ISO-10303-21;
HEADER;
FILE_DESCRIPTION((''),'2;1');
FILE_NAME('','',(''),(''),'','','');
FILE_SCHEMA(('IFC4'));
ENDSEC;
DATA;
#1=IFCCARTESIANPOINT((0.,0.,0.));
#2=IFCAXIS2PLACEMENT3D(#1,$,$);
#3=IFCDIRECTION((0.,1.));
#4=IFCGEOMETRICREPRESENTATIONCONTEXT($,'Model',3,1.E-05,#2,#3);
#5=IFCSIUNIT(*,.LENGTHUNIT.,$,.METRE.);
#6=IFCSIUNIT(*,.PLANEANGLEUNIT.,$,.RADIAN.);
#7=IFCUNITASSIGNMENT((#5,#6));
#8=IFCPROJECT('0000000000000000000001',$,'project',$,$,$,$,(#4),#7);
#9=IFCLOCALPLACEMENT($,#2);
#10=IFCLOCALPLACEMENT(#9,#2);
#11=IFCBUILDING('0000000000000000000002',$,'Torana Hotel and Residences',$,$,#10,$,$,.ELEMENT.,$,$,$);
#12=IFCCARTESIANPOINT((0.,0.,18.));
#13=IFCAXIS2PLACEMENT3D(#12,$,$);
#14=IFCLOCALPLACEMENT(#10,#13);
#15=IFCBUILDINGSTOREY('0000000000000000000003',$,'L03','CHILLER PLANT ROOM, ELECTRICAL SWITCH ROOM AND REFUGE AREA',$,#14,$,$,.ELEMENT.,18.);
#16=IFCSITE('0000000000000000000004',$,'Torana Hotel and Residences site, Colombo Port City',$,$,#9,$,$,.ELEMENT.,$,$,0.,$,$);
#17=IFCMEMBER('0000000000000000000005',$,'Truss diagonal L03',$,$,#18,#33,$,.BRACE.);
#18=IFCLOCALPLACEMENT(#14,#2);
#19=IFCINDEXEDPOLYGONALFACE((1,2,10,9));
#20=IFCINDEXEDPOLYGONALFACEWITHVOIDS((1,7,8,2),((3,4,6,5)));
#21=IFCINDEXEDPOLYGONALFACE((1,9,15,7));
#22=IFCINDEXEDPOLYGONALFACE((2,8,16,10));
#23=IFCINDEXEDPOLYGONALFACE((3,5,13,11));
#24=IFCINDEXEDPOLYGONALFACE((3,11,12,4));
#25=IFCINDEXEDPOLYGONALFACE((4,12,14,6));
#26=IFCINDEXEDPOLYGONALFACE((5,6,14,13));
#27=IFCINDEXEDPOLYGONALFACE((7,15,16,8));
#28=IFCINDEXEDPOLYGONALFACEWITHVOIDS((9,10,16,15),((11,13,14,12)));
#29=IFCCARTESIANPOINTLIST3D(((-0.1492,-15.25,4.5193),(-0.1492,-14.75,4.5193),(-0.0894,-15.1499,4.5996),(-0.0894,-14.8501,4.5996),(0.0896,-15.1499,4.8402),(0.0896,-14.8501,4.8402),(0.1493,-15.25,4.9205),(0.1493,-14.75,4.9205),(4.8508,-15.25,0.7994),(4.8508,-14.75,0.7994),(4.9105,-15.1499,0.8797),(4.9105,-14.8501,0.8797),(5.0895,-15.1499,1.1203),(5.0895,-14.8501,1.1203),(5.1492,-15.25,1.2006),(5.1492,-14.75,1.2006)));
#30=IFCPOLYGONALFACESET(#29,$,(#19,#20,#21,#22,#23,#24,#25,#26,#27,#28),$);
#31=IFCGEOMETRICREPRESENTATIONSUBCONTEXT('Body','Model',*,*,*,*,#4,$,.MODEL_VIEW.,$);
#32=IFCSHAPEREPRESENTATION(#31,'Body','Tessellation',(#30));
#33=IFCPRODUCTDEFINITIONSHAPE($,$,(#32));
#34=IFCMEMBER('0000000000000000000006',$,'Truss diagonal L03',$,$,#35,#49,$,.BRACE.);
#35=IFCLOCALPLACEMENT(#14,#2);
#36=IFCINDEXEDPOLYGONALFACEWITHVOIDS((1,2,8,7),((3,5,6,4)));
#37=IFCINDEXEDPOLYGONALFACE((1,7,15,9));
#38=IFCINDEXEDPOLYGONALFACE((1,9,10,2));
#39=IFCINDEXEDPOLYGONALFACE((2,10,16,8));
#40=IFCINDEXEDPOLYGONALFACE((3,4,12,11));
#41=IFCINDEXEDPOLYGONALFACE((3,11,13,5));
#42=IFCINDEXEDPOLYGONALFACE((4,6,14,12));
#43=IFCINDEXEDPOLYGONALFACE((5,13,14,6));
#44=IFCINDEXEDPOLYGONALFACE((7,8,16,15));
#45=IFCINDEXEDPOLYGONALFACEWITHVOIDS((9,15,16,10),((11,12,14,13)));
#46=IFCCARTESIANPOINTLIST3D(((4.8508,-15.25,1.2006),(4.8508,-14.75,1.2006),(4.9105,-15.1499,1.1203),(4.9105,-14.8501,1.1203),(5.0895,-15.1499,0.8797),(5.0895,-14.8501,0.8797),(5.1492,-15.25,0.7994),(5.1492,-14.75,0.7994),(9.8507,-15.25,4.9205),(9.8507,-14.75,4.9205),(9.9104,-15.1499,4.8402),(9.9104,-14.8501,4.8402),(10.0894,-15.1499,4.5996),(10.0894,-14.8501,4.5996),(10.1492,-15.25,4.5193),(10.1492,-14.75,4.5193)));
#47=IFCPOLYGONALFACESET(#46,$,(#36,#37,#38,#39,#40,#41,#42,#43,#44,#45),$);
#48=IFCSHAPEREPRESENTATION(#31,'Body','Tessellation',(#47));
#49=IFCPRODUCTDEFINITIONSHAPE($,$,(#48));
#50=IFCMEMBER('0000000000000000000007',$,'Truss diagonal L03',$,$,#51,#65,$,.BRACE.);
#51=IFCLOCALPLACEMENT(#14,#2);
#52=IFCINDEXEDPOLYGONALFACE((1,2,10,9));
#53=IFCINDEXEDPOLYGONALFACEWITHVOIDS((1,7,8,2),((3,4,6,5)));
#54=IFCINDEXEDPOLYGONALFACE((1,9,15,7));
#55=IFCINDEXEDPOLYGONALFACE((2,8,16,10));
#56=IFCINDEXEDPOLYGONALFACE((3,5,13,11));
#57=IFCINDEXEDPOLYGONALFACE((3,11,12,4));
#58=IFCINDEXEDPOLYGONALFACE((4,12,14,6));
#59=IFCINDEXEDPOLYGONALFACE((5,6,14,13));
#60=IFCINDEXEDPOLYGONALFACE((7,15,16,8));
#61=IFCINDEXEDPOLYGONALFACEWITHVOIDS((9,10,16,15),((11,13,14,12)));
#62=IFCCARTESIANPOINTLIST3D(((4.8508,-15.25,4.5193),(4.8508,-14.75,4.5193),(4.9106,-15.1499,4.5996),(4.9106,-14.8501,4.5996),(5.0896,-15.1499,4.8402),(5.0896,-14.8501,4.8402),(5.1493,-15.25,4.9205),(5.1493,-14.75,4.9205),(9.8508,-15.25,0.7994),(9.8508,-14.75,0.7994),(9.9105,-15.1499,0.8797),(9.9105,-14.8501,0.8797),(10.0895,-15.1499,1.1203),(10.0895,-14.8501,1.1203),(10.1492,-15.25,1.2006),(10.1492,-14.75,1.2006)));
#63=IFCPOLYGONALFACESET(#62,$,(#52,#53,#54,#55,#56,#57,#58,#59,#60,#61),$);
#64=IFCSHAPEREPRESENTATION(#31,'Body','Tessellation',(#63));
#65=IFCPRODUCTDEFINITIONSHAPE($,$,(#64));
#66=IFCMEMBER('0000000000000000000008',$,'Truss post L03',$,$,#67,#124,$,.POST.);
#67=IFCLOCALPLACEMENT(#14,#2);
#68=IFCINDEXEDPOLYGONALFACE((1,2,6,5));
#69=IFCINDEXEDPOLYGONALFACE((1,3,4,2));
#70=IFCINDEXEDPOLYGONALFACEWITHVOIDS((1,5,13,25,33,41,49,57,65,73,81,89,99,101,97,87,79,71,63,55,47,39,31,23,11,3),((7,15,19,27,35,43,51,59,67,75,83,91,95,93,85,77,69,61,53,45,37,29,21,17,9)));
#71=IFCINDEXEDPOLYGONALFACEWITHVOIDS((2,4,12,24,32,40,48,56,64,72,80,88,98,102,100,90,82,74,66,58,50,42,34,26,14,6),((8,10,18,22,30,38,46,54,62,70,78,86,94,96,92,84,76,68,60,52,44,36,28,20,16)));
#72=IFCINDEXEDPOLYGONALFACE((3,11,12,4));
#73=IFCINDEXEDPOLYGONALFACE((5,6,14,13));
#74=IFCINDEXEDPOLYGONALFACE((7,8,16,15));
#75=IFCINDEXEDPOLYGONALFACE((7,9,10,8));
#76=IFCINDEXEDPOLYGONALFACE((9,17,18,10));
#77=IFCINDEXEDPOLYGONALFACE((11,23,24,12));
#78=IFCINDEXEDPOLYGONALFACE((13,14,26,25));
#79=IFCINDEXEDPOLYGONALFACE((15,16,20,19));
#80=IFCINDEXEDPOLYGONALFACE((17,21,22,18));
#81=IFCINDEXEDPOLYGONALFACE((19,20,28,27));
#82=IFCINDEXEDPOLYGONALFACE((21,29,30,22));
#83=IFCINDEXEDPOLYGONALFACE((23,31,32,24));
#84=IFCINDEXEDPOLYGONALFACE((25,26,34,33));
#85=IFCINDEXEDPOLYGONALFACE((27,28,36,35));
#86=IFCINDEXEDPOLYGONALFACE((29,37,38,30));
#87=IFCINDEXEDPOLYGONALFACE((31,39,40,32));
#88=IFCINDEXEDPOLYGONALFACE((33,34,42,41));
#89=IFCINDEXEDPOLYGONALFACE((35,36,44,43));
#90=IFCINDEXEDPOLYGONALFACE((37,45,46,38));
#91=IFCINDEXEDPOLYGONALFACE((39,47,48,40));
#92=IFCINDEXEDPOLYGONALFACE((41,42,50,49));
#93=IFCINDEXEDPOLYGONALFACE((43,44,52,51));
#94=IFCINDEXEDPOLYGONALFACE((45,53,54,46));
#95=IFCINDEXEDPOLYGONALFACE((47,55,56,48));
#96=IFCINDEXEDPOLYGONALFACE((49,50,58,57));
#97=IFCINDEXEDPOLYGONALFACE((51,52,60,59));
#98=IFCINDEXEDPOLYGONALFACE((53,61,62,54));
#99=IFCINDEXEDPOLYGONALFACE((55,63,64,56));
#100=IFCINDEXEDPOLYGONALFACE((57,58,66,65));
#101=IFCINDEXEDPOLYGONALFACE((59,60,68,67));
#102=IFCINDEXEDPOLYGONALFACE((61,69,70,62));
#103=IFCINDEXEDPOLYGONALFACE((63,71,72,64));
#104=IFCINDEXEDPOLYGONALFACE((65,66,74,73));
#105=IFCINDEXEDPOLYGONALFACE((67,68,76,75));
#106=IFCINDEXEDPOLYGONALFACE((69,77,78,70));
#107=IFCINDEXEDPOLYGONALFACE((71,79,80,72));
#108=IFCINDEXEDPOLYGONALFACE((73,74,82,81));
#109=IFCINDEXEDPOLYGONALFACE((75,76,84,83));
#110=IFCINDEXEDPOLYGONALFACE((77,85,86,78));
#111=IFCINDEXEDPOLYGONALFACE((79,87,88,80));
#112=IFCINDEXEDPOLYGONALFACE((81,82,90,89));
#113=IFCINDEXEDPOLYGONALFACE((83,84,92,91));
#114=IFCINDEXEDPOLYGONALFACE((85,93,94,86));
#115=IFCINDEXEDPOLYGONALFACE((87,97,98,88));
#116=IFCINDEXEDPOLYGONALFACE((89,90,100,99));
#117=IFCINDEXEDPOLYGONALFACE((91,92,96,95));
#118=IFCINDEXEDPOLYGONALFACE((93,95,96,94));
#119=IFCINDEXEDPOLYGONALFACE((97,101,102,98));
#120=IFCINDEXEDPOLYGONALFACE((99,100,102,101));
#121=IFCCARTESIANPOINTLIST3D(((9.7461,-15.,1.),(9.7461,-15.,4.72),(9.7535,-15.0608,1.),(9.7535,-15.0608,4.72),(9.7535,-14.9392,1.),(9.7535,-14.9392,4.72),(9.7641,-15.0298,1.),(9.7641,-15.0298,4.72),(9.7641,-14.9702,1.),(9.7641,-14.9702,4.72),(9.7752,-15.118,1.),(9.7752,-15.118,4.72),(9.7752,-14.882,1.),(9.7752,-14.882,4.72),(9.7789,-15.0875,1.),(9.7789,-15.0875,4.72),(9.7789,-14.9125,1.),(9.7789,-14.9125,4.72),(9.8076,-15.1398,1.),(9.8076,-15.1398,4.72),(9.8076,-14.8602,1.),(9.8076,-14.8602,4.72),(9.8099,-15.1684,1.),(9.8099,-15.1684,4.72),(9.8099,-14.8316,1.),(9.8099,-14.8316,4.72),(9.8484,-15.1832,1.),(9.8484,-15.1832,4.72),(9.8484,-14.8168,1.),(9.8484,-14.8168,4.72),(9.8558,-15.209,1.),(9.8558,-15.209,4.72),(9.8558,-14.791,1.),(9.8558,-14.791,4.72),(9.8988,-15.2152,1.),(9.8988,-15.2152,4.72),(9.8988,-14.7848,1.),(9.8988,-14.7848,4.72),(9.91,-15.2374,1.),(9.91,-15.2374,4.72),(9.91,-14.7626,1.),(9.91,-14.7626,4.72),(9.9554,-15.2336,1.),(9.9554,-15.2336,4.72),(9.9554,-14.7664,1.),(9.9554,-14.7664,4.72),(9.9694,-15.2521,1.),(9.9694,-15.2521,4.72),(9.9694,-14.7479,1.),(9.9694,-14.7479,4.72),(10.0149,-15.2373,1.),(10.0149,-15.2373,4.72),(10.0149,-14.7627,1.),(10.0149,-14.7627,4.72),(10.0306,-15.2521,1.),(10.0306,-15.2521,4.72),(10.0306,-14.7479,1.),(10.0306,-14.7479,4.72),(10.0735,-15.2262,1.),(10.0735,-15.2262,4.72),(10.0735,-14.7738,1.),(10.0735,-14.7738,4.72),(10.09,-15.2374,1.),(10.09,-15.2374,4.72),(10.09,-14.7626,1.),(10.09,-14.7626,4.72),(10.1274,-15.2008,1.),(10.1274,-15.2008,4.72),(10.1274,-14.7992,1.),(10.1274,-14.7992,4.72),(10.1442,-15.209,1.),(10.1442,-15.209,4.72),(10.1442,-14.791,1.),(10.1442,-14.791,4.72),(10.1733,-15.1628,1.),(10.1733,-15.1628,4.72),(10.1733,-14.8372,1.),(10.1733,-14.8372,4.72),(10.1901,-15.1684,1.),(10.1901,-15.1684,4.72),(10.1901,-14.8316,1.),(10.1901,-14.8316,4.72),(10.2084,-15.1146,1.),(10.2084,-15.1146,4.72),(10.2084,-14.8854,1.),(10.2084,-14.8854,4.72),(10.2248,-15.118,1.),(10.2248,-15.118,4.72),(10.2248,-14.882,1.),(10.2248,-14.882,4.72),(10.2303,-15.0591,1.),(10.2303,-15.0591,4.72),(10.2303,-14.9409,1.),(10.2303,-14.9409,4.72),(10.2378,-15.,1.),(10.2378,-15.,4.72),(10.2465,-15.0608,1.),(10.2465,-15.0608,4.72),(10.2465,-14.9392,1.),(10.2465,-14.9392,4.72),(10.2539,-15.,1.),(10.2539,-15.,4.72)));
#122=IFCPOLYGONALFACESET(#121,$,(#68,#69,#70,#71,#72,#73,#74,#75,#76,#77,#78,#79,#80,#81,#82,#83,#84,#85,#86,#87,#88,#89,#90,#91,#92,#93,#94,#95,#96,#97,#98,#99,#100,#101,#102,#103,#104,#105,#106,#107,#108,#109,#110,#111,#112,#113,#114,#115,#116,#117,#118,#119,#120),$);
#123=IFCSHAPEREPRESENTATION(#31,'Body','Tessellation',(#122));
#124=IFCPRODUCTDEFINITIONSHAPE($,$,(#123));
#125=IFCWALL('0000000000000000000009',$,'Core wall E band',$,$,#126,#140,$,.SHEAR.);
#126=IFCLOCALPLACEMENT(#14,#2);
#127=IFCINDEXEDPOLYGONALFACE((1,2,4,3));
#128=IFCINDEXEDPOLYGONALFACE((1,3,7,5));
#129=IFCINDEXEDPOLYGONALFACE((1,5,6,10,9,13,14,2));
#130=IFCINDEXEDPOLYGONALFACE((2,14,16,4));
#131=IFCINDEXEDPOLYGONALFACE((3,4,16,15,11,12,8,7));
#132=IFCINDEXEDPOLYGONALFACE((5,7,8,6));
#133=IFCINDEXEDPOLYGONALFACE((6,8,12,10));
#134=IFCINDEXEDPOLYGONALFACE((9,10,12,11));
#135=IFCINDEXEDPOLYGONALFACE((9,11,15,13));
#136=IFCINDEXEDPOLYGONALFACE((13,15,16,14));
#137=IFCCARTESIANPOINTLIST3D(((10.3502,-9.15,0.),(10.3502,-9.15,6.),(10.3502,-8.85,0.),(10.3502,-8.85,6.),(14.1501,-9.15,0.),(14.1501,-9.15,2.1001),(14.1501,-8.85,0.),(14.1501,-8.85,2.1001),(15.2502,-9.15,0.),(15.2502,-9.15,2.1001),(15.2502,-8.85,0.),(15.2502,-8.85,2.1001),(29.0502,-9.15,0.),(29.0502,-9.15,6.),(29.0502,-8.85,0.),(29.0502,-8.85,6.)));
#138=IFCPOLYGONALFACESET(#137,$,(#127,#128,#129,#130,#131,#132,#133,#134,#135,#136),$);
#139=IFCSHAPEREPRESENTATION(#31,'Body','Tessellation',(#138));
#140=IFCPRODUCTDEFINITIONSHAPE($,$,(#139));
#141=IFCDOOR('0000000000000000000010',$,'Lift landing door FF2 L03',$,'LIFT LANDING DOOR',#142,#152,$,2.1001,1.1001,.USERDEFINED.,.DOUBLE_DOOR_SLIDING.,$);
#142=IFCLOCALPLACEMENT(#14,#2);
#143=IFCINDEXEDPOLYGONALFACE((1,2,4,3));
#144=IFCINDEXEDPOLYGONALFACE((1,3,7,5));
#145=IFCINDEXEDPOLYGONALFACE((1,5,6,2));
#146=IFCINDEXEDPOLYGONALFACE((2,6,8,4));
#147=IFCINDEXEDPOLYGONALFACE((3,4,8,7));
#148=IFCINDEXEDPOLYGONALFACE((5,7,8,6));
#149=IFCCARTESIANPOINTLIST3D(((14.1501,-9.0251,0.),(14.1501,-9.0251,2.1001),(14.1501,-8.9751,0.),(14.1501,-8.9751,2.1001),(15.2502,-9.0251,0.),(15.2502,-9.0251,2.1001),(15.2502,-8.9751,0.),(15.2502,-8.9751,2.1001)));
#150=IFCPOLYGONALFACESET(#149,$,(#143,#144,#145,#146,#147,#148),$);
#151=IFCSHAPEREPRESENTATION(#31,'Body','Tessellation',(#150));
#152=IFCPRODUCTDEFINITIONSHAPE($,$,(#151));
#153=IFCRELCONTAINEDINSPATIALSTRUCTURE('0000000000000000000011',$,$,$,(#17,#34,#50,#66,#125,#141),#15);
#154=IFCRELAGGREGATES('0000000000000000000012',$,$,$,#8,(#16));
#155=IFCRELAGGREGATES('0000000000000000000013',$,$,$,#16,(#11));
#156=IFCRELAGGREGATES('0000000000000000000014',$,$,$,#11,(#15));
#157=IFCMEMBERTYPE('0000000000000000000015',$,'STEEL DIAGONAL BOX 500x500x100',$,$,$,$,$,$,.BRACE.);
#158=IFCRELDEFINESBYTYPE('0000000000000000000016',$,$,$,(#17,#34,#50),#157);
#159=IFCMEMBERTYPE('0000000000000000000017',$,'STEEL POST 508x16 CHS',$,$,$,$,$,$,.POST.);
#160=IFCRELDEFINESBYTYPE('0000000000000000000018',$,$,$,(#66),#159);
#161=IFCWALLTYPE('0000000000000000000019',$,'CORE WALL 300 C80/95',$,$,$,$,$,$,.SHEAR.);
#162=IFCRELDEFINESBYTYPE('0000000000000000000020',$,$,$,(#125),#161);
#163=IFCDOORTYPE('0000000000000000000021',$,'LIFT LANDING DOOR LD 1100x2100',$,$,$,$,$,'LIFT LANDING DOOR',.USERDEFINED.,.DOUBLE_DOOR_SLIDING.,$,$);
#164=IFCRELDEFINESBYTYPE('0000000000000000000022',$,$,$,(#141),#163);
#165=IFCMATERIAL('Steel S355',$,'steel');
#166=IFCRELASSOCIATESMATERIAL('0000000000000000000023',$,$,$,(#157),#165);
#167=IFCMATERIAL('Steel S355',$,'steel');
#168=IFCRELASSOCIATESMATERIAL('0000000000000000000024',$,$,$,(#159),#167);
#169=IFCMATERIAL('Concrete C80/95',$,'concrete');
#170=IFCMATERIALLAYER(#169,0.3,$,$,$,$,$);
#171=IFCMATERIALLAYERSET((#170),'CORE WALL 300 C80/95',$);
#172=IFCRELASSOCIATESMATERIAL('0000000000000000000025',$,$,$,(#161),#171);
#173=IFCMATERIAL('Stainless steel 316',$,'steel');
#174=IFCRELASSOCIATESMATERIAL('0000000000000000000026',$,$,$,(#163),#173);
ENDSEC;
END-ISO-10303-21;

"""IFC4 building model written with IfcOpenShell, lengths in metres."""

from ifc_helpers import new_model, si_unit, direction, frame, frame_2d, origin, origin_2d, place, context, subcontext, project, spatial, rectangle, hollow_rectangle, hollow_circle, extrude, material, layer, layer_set, material_profile, profile_set, type_object, element, fill, save


model = new_model("IFC4")

# Units and contexts
model_context = context("Model", 3, precision=1e-05, world=origin(), true_north=direction((0.0, 1.0)))
body_context = subcontext(model_context, "Body", "Model", "MODEL_VIEW")
ifc_project = project(units=[si_unit("LENGTHUNIT", "METRE"), si_unit("PLANEANGLEUNIT", "RADIAN")], contexts=[model_context])

# Site, building, storey
site_placement = place(None, origin())
site = spatial("IfcSite", under=ifc_project, at=site_placement, Name="Torana Hotel and Residences site, Colombo Port City", CompositionType="ELEMENT", RefElevation=0.0)
building_placement = place(site_placement, origin())
building = spatial("IfcBuilding", under=site, at=building_placement, Name="Torana Hotel and Residences", CompositionType="ELEMENT")
storey_placement = place(building_placement, frame((0.0, 0.0, 18.0)))
storey = spatial("IfcBuildingStorey", under=building, at=storey_placement, Name="L03", Description="CHILLER PLANT ROOM, ELECTRICAL SWITCH ROOM AND REFUGE AREA", CompositionType="ELEMENT", Elevation=18.0)

# Members
ifc_material_1 = material(Name="Steel S355", Category="steel")
ifc_material_profile_1 = material_profile(ifc_material_1, hollow_rectangle(XDim=0.5, YDim=0.5, WallThickness=0.1001, at=origin_2d()), Name="BOX 500x500x100")
ifc_profile_set_1 = profile_set([ifc_material_profile_1], Name="Steel S355")
member_type_1 = type_object("IfcMemberType", Name="STEEL DIAGONAL BOX 500x500x100", PredefinedType="BRACE", material=ifc_profile_set_1)
for number, where, z_axis, x_axis, name in (
    (1, (5.0, -15.0, 1.0), (-0.802307, 0.0, 0.596912), (0.0, -1.0, 0.0), "Truss diagonal L03"),
    (2, (5.0, -15.0, 1.0), (0.802307, 0.0, 0.596912), (0.0, 1.0, 0.0), "Truss diagonal L03"),
    (3, (10.0, -15.0, 1.0), (-0.802307, 0.0, 0.596912), (0.0, -1.0, 0.0), "Truss diagonal L03"),
):
    element("IfcMember", number, at=place(storey_placement, frame(where, z_axis=z_axis, x_axis=x_axis)), inside=storey, type_object=member_type_1, Name=name, PredefinedType="BRACE", context=body_context, shape_type="SweptSolid", body=[
        extrude(hollow_rectangle(XDim=0.5, YDim=0.5, WallThickness=0.1001, at=origin_2d()), origin(), (0.0, 0.0, 1.0), 6.2319),
    ])
ifc_material_2 = material(Name="Steel S355", Category="steel")
ifc_material_profile_2 = material_profile(ifc_material_2, hollow_circle(Radius=0.2539, WallThickness=0.0161, at=origin_2d()), Name="508x16 CHS")
ifc_profile_set_2 = profile_set([ifc_material_profile_2], Name="Steel S355")
member_type_2 = type_object("IfcMemberType", Name="STEEL POST 508x16 CHS", PredefinedType="POST", material=ifc_profile_set_2)
member_placement = place(storey_placement, frame((10.0, -15.0, 1.0), z_axis=(0.0, 0.0, 1.0), x_axis=(1.0, 0.0, 0.0)))
element("IfcMember", 4, at=member_placement, inside=storey, type_object=member_type_2, Name="Truss post L03", PredefinedType="POST", context=body_context, shape_type="SweptSolid", body=[
    extrude(hollow_circle(Radius=0.2539, WallThickness=0.0161, at=origin_2d()), origin(), (0.0, 0.0, 1.0), 3.72),
])

# Wall, opening, door
ifc_material_3 = material(Name="Concrete C80/95", Category="concrete")
ifc_layer_1 = layer(ifc_material_3, 0.3)
ifc_layer_set_1 = layer_set([ifc_layer_1], Name="CORE WALL 300 C80/95")
wall_type_1 = type_object("IfcWallType", Name="CORE WALL 300 C80/95", PredefinedType="SHEAR", material=ifc_layer_set_1)
wall_1_placement = place(storey_placement, frame((10.3501, -9.0, 0.0), z_axis=(0.0, 0.0, 1.0), x_axis=(1.0, 0.0, 0.0)))
wall_1 = element("IfcWall", 5, at=wall_1_placement, inside=storey, type_object=wall_type_1, Name="Core wall E band", PredefinedType="SHEAR", context=body_context, shape_type="SweptSolid", body=[
    extrude(rectangle(XDim=18.7, YDim=0.3, at=frame_2d((9.3501, 0.0))), origin(), (0.0, 0.0, 1.0), 6.0),
])
opening_1_placement = place(wall_1_placement, frame((3.8, 0.0, 0.0)))
opening_1 = element("IfcOpeningElement", 6, at=opening_1_placement, cuts=wall_1, PredefinedType="OPENING", context=body_context, shape_type="SweptSolid", body=[
    extrude(rectangle(XDim=1.1001, YDim=2.1001, at=frame_2d((0.55, 1.05))), frame((0.0, 0.1599, 0.0), z_axis=(0.0, -1.0, 0.0), x_axis=(1.0, 0.0, 0.0)), (0.0, 0.0, 1.0), 0.3201),
])
ifc_material_4 = material(Name="Stainless steel 316", Category="steel")
door_type_1 = type_object("IfcDoorType", Name="LIFT LANDING DOOR LD 1100x2100", ElementType="LIFT LANDING DOOR", OperationType="DOUBLE_DOOR_SLIDING", PredefinedType="USERDEFINED", material=ifc_material_4)
door_1_placement = place(opening_1_placement, origin())
door_1 = element("IfcDoor", 7, at=door_1_placement, inside=storey, type_object=door_type_1, Name="Lift landing door FF2 L03", ObjectType="LIFT LANDING DOOR", OperationType="DOUBLE_DOOR_SLIDING", OverallHeight=2.1001, OverallWidth=1.1001, PredefinedType="USERDEFINED", context=body_context, shape_type="SweptSolid", body=[
    extrude(rectangle(XDim=1.1001, YDim=2.1001, at=frame_2d((0.55, 1.05))), frame((0.0, 0.0249, 0.0), z_axis=(0.0, -1.0, 0.0), x_axis=(1.0, 0.0, 0.0)), (0.0, 0.0, 1.0), 0.05),
])
fill(opening_1, door_1)

save(model, "model.ifc")
